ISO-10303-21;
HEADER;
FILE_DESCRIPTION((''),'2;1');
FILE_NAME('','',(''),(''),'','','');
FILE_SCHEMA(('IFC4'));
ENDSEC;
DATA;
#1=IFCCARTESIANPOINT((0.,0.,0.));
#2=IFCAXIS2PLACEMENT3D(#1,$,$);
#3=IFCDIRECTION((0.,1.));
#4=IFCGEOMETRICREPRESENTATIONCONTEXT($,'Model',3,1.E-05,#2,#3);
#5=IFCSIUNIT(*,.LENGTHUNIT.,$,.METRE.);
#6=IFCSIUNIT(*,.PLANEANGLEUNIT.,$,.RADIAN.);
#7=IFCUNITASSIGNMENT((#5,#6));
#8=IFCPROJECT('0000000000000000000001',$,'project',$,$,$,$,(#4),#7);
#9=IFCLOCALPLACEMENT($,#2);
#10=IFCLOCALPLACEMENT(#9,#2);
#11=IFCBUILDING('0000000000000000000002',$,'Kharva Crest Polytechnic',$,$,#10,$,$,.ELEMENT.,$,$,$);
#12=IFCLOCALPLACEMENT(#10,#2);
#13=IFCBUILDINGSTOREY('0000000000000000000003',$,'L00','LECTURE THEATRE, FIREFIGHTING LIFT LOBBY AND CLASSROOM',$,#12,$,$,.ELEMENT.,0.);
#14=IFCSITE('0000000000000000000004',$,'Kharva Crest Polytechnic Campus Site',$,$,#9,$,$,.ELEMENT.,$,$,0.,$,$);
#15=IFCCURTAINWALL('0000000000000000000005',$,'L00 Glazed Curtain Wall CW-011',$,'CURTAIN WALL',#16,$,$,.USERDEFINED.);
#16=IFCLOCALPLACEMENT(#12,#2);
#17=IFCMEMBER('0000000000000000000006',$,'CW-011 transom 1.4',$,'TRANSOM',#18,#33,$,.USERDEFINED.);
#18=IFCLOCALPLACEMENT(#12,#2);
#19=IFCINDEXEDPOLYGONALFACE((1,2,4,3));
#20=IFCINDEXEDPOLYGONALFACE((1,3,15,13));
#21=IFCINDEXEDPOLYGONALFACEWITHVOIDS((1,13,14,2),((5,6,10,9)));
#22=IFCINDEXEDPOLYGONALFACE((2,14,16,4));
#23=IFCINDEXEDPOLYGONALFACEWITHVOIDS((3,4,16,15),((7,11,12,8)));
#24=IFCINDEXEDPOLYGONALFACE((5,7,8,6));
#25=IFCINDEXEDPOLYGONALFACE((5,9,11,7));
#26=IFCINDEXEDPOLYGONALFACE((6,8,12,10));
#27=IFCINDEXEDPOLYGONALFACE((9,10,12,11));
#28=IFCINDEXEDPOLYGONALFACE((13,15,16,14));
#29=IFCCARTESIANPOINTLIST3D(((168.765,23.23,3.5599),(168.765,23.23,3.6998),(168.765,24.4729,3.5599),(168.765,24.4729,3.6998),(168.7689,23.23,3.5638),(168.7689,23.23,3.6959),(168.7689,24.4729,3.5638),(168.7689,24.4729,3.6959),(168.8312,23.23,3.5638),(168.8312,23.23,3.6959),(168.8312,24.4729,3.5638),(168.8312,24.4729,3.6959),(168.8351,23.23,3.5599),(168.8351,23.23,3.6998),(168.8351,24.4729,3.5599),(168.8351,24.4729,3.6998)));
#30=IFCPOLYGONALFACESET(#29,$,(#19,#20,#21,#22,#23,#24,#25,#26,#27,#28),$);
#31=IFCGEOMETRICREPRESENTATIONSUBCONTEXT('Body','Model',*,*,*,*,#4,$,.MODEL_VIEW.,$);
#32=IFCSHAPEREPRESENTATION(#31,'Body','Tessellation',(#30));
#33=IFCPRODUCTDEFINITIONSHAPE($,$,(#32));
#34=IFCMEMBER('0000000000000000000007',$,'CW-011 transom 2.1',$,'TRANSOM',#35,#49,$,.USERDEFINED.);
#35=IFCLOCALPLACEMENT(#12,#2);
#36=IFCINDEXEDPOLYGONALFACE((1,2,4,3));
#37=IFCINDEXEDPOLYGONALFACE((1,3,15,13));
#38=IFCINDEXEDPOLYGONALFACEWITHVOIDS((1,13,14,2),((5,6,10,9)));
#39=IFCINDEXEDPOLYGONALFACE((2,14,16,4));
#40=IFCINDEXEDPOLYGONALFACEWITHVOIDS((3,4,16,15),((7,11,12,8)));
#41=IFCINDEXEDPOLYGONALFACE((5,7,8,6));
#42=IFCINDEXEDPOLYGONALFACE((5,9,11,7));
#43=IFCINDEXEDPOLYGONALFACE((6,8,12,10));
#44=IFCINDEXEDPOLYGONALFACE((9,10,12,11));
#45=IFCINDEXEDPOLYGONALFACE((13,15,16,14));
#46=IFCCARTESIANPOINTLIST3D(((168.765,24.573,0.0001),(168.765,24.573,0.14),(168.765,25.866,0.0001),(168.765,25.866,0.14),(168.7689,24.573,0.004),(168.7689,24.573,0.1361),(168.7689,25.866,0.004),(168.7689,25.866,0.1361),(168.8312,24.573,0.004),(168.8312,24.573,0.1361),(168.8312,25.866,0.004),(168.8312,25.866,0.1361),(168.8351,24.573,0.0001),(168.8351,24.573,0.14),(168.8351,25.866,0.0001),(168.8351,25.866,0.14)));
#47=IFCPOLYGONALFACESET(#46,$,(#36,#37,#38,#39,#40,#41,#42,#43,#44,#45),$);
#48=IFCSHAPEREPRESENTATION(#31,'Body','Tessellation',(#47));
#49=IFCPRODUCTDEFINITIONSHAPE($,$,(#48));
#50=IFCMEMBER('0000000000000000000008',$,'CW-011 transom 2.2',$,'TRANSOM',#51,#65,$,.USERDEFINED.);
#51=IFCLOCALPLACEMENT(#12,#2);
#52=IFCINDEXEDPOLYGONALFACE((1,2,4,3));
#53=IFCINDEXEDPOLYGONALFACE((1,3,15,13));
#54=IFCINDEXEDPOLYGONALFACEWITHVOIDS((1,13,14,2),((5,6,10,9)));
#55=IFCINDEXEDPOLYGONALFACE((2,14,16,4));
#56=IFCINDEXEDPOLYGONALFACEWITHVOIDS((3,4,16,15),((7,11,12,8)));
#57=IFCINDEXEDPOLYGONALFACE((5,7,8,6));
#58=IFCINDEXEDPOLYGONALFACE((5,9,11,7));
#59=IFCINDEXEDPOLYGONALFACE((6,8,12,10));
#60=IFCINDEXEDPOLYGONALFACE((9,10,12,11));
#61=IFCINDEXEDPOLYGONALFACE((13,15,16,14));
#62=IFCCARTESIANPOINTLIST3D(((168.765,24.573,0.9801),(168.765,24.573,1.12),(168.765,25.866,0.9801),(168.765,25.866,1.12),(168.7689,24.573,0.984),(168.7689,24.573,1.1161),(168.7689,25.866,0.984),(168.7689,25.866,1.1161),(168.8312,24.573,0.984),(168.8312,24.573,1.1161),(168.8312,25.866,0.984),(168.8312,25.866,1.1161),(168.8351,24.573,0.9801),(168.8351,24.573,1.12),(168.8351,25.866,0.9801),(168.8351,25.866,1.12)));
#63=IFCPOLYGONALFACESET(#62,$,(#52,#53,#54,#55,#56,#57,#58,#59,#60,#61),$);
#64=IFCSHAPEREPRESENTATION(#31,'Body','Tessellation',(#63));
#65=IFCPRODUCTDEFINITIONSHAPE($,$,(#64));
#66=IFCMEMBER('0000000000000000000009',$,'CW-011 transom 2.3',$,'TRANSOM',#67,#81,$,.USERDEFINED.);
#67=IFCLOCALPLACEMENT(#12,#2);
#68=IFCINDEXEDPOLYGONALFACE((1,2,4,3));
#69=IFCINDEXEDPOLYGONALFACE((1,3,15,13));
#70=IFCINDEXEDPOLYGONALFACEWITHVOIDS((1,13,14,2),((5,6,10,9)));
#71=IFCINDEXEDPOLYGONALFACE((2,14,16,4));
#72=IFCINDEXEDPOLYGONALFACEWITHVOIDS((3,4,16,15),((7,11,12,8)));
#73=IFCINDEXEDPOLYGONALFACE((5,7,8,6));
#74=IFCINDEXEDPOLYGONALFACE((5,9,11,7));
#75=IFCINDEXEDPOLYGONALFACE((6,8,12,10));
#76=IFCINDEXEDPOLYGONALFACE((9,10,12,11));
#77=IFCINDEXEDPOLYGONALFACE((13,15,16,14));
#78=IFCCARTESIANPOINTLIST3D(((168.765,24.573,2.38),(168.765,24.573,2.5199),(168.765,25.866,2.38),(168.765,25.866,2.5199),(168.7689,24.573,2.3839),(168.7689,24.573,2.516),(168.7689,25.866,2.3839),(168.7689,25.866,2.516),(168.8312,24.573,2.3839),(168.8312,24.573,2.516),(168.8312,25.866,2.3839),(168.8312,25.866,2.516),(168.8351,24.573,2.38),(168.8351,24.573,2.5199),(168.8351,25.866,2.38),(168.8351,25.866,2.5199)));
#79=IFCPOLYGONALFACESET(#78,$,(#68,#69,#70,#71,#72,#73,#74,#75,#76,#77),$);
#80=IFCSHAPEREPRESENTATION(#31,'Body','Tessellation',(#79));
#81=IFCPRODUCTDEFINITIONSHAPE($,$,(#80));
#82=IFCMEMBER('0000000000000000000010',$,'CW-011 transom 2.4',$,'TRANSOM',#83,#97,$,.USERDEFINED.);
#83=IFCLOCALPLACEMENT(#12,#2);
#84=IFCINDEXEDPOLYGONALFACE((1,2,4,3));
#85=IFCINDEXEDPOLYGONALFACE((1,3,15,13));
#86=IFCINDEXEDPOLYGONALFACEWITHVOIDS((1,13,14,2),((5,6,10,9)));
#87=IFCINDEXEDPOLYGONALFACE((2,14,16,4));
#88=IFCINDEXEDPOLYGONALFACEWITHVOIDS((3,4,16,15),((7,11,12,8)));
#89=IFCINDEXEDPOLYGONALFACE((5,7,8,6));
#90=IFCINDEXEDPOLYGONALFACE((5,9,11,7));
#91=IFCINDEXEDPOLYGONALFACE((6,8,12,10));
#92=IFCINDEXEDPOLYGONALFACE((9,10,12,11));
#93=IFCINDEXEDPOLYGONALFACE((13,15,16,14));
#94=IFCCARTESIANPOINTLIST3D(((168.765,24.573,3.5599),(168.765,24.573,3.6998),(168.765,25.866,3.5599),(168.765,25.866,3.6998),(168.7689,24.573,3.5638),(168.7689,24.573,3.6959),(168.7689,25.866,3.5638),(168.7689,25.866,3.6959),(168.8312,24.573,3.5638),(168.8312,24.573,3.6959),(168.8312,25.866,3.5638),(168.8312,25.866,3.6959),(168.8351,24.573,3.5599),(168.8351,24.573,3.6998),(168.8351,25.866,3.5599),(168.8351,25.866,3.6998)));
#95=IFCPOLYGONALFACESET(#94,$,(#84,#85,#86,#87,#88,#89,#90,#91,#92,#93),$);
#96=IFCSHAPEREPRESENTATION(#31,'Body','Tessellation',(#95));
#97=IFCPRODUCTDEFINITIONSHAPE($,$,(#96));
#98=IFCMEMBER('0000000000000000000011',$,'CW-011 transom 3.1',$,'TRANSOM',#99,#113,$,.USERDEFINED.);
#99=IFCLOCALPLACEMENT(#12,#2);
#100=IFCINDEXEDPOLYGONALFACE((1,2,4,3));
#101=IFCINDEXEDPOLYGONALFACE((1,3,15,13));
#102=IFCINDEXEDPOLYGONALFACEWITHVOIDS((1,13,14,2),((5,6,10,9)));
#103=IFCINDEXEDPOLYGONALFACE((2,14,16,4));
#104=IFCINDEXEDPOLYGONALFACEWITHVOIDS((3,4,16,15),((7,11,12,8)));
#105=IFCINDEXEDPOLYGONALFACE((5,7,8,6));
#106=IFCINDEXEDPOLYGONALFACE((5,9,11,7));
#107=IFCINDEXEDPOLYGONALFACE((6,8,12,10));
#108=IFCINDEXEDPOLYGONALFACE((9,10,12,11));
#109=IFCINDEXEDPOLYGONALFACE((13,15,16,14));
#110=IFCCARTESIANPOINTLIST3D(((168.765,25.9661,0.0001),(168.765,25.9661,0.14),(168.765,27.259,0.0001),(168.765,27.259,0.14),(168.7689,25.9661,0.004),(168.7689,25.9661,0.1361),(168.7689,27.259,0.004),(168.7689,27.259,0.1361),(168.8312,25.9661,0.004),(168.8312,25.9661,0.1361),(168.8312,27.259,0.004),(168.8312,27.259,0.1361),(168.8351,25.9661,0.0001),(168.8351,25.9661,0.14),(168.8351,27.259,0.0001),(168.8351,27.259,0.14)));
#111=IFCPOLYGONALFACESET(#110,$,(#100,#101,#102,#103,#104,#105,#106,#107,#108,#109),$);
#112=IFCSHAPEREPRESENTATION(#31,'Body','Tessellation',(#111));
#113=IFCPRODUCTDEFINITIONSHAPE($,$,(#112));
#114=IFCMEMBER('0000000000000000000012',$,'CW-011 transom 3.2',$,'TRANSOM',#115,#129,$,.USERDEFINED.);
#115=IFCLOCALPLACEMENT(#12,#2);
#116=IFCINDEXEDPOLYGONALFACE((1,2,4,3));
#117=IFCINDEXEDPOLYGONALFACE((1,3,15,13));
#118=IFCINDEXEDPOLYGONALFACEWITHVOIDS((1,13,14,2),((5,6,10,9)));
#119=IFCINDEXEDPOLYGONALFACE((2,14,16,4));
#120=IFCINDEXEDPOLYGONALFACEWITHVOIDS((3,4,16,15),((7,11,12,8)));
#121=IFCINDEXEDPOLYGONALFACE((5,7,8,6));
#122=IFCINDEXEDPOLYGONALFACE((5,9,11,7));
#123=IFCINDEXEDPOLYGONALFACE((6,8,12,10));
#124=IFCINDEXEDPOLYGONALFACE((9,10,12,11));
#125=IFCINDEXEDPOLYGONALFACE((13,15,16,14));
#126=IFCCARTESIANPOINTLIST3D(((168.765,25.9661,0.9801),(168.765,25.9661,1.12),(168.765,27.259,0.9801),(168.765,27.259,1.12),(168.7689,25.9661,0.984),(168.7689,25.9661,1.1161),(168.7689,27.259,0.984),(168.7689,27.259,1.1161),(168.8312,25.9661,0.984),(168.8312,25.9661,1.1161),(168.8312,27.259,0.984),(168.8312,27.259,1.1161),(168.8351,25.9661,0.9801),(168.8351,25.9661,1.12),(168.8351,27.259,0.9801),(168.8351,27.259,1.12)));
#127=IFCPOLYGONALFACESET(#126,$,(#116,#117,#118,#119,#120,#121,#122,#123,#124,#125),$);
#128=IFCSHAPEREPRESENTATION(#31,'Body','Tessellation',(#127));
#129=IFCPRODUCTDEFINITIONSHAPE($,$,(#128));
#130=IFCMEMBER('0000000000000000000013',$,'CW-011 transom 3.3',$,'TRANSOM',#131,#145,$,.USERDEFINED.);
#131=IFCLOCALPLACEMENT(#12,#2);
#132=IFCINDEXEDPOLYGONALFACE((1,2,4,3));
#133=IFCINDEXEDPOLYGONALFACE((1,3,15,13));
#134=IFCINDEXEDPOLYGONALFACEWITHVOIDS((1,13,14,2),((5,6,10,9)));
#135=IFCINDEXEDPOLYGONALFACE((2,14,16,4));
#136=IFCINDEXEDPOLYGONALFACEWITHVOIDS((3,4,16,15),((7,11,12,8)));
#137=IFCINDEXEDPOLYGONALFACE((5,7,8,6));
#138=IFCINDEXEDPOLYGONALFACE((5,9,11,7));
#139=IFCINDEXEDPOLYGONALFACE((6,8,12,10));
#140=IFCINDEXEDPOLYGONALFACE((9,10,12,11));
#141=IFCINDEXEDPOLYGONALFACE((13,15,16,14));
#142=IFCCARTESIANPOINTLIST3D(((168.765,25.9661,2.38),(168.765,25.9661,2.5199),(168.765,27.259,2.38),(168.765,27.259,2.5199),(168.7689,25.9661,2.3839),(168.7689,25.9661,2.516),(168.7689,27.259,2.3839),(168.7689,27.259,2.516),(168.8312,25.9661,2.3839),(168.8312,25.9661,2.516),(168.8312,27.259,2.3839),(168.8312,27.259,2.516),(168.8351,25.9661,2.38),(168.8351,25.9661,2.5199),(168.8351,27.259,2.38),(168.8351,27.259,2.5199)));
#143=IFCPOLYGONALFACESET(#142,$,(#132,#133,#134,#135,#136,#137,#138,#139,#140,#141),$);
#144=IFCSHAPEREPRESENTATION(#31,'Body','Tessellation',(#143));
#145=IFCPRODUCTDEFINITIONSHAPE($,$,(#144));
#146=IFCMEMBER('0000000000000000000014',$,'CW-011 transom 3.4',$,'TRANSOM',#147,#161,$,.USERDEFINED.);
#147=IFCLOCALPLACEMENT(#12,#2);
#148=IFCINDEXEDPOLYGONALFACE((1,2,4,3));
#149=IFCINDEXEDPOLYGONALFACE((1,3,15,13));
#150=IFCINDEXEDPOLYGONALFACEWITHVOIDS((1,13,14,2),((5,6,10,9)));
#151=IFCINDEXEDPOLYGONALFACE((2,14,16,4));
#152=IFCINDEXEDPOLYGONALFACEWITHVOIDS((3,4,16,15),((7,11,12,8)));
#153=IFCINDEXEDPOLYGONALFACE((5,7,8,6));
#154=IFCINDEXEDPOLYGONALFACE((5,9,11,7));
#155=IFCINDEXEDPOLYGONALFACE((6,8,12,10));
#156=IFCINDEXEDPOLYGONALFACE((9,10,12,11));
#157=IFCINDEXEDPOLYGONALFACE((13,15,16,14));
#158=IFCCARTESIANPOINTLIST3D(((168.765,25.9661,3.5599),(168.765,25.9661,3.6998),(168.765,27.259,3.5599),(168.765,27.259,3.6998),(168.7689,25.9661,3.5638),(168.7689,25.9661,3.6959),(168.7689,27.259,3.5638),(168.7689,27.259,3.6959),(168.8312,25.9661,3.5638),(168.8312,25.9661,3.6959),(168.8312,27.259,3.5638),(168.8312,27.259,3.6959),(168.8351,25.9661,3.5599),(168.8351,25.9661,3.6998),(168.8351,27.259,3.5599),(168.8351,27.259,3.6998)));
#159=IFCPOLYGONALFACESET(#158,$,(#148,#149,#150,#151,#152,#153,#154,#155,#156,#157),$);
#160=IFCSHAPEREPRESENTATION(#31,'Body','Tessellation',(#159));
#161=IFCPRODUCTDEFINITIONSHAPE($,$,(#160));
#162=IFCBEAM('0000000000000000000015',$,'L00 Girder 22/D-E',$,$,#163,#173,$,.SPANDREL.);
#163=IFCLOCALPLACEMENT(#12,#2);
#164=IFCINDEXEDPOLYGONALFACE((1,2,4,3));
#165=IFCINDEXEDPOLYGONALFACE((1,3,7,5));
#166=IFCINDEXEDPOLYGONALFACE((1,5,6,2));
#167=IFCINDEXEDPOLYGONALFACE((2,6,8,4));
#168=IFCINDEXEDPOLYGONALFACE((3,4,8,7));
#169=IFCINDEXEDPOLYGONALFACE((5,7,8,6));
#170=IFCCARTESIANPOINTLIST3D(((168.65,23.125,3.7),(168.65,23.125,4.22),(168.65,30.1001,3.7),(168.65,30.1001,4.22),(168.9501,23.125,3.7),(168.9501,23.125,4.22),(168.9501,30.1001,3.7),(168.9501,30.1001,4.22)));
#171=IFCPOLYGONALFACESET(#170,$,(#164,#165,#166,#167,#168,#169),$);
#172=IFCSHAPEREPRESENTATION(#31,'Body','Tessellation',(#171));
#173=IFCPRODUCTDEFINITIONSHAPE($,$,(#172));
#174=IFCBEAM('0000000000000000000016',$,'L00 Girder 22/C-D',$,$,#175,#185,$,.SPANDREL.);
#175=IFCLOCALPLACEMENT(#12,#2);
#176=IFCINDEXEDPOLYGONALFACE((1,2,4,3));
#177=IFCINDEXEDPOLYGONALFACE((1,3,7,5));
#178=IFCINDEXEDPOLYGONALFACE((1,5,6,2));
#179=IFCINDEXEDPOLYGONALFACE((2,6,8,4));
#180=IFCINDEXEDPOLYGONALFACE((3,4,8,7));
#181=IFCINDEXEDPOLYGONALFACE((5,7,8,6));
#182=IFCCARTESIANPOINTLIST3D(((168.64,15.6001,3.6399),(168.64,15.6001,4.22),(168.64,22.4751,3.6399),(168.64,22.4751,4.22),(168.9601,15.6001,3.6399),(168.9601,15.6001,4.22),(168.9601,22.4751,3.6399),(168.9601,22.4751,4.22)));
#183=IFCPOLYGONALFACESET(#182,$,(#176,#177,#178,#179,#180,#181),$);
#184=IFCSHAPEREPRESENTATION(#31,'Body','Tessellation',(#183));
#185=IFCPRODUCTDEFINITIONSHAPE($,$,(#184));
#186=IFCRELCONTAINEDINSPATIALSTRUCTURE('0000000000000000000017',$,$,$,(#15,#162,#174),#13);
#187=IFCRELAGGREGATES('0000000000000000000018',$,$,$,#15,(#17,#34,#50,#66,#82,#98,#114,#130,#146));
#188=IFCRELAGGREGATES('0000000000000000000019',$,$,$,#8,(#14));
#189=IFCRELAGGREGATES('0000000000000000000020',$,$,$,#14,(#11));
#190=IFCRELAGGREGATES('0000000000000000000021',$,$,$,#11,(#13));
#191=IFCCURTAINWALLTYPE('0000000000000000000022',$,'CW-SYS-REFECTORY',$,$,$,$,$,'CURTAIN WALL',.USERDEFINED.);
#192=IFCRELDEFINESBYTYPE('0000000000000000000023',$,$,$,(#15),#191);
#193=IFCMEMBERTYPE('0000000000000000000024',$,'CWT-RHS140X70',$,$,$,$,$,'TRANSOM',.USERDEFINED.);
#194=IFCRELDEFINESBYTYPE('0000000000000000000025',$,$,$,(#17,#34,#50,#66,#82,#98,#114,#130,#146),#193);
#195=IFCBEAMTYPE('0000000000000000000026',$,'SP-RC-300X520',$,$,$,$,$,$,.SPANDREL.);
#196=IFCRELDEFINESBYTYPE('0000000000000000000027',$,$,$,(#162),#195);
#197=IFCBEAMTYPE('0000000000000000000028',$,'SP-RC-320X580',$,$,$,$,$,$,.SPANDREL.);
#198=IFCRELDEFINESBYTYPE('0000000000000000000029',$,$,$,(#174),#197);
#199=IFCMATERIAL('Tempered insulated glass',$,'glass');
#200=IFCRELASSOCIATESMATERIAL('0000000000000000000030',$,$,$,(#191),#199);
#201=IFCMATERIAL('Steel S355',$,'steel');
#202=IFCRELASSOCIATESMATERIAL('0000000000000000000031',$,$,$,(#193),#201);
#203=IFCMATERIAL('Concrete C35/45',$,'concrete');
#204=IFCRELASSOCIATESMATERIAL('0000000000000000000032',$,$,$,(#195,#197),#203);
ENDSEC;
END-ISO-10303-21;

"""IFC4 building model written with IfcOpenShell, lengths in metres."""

from ifc_helpers import new_model, si_unit, direction, frame, origin, origin_2d, place, context, subcontext, project, spatial, rectangle, hollow_rectangle, extrude, material, material_profile, profile_set, type_object, element, aggregate, save


model = new_model("IFC4")

# Units and contexts
model_context = context("Model", 3, precision=1e-05, world=origin(), true_north=direction((0.0, 1.0)))
body_context = subcontext(model_context, "Body", "Model", "MODEL_VIEW")
ifc_project = project(units=[si_unit("LENGTHUNIT", "METRE"), si_unit("PLANEANGLEUNIT", "RADIAN")], contexts=[model_context])

# Site, building, storey
site_placement = place(None, origin())
site = spatial("IfcSite", under=ifc_project, at=site_placement, Name="Kharva Crest Polytechnic Campus Site", CompositionType="ELEMENT", RefElevation=0.0)
building_placement = place(site_placement, origin())
building = spatial("IfcBuilding", under=site, at=building_placement, Name="Kharva Crest Polytechnic", CompositionType="ELEMENT")
storey_placement = place(building_placement, origin())
storey = spatial("IfcBuildingStorey", under=building, at=storey_placement, Name="L00", Description="LECTURE THEATRE, FIREFIGHTING LIFT LOBBY AND CLASSROOM", CompositionType="ELEMENT", Elevation=0.0)

# Shared definitions
ifc_material_1 = material(Name="Concrete C35/45", Category="concrete")

# Curtain wall, members
ifc_material_2 = material(Name="Tempered insulated glass", Category="glass")
curtain_wall_type = type_object("IfcCurtainWallType", Name="CW-SYS-REFECTORY", ElementType="CURTAIN WALL", PredefinedType="USERDEFINED", material=ifc_material_2)
curtain_wall_placement = place(storey_placement, origin())
curtain_wall = element("IfcCurtainWall", 1, at=curtain_wall_placement, inside=storey, type_object=curtain_wall_type, Name="L00 Glazed Curtain Wall CW-011", ObjectType="CURTAIN WALL", PredefinedType="USERDEFINED")
ifc_material_3 = material(Name="Steel S355", Category="steel")
ifc_material_profile_1 = material_profile(ifc_material_3, hollow_rectangle(XDim=0.0701, YDim=0.1399, WallThickness=0.0039, at=origin_2d()), Name="RHS 140X70X4.0")
ifc_profile_set_1 = profile_set([ifc_material_profile_1], Name="Steel S355")
member_type_1 = type_object("IfcMemberType", Name="CWT-RHS140X70", ElementType="TRANSOM", PredefinedType="USERDEFINED", material=ifc_profile_set_1)
member_1_placement = place(storey_placement, frame((168.8, 23.23, 3.6299), z_axis=(0.0, 1.0, 0.0), x_axis=(-1.0, 0.0, 0.0)))
member_1 = element("IfcMember", 2, at=member_1_placement, type_object=member_type_1, Name="CW-011 transom 1.4", ObjectType="TRANSOM", PredefinedType="USERDEFINED", context=body_context, shape_type="SweptSolid", body=[
    extrude(hollow_rectangle(XDim=0.0701, YDim=0.1399, WallThickness=0.0039, at=origin_2d()), origin(), (0.0, 0.0, 1.0), 1.2429),
])
member_2_placement = place(storey_placement, frame((168.8, 24.573, 0.0701), z_axis=(0.0, 1.0, 0.0), x_axis=(-1.0, 0.0, 0.0)))
member_2 = element("IfcMember", 3, at=member_2_placement, type_object=member_type_1, Name="CW-011 transom 2.1", ObjectType="TRANSOM", PredefinedType="USERDEFINED", context=body_context, shape_type="SweptSolid", body=[
    extrude(hollow_rectangle(XDim=0.0701, YDim=0.1399, WallThickness=0.0039, at=origin_2d()), origin(), (0.0, 0.0, 1.0), 1.293),
])
member_3_placement = place(storey_placement, frame((168.8, 24.573, 1.05), z_axis=(0.0, 1.0, 0.0), x_axis=(-1.0, 0.0, 0.0)))
member_3 = element("IfcMember", 4, at=member_3_placement, type_object=member_type_1, Name="CW-011 transom 2.2", ObjectType="TRANSOM", PredefinedType="USERDEFINED", context=body_context, shape_type="SweptSolid", body=[
    extrude(hollow_rectangle(XDim=0.0701, YDim=0.1399, WallThickness=0.0039, at=origin_2d()), origin(), (0.0, 0.0, 1.0), 1.293),
])
member_4_placement = place(storey_placement, frame((168.8, 24.573, 2.45), z_axis=(0.0, 1.0, 0.0), x_axis=(-1.0, 0.0, 0.0)))
member_4 = element("IfcMember", 5, at=member_4_placement, type_object=member_type_1, Name="CW-011 transom 2.3", ObjectType="TRANSOM", PredefinedType="USERDEFINED", context=body_context, shape_type="SweptSolid", body=[
    extrude(hollow_rectangle(XDim=0.0701, YDim=0.1399, WallThickness=0.0039, at=origin_2d()), origin(), (0.0, 0.0, 1.0), 1.293),
])
member_5_placement = place(storey_placement, frame((168.8, 24.573, 3.6299), z_axis=(0.0, 1.0, 0.0), x_axis=(-1.0, 0.0, 0.0)))
member_5 = element("IfcMember", 6, at=member_5_placement, type_object=member_type_1, Name="CW-011 transom 2.4", ObjectType="TRANSOM", PredefinedType="USERDEFINED", context=body_context, shape_type="SweptSolid", body=[
    extrude(hollow_rectangle(XDim=0.0701, YDim=0.1399, WallThickness=0.0039, at=origin_2d()), origin(), (0.0, 0.0, 1.0), 1.293),
])
member_6_placement = place(storey_placement, frame((168.8, 25.9661, 0.0701), z_axis=(0.0, 1.0, 0.0), x_axis=(-1.0, 0.0, 0.0)))
member_6 = element("IfcMember", 7, at=member_6_placement, type_object=member_type_1, Name="CW-011 transom 3.1", ObjectType="TRANSOM", PredefinedType="USERDEFINED", context=body_context, shape_type="SweptSolid", body=[
    extrude(hollow_rectangle(XDim=0.0701, YDim=0.1399, WallThickness=0.0039, at=origin_2d()), origin(), (0.0, 0.0, 1.0), 1.293),
])
member_7_placement = place(storey_placement, frame((168.8, 25.9661, 1.05), z_axis=(0.0, 1.0, 0.0), x_axis=(-1.0, 0.0, 0.0)))
member_7 = element("IfcMember", 8, at=member_7_placement, type_object=member_type_1, Name="CW-011 transom 3.2", ObjectType="TRANSOM", PredefinedType="USERDEFINED", context=body_context, shape_type="SweptSolid", body=[
    extrude(hollow_rectangle(XDim=0.0701, YDim=0.1399, WallThickness=0.0039, at=origin_2d()), origin(), (0.0, 0.0, 1.0), 1.293),
])
member_8_placement = place(storey_placement, frame((168.8, 25.9661, 2.45), z_axis=(0.0, 1.0, 0.0), x_axis=(-1.0, 0.0, 0.0)))
member_8 = element("IfcMember", 9, at=member_8_placement, type_object=member_type_1, Name="CW-011 transom 3.3", ObjectType="TRANSOM", PredefinedType="USERDEFINED", context=body_context, shape_type="SweptSolid", body=[
    extrude(hollow_rectangle(XDim=0.0701, YDim=0.1399, WallThickness=0.0039, at=origin_2d()), origin(), (0.0, 0.0, 1.0), 1.293),
])
member_9_placement = place(storey_placement, frame((168.8, 25.9661, 3.6299), z_axis=(0.0, 1.0, 0.0), x_axis=(-1.0, 0.0, 0.0)))
member_9 = element("IfcMember", 10, at=member_9_placement, type_object=member_type_1, Name="CW-011 transom 3.4", ObjectType="TRANSOM", PredefinedType="USERDEFINED", context=body_context, shape_type="SweptSolid", body=[
    extrude(hollow_rectangle(XDim=0.0701, YDim=0.1399, WallThickness=0.0039, at=origin_2d()), origin(), (0.0, 0.0, 1.0), 1.293),
])

# Beams
ifc_material_profile_2 = material_profile(ifc_material_1, rectangle(XDim=0.3, YDim=0.52, at=origin_2d()), Name="RECT 300 X 520")
ifc_profile_set_2 = profile_set([ifc_material_profile_2], Name="Concrete C35/45")
beam_type_1 = type_object("IfcBeamType", Name="SP-RC-300X520", PredefinedType="SPANDREL", material=ifc_profile_set_2)
beam_1_placement = place(storey_placement, frame((168.8, 23.125, 3.96), z_axis=(0.0, 1.0, 0.0), x_axis=(-1.0, 0.0, 0.0)))
element("IfcBeam", 11, at=beam_1_placement, inside=storey, type_object=beam_type_1, Name="L00 Girder 22/D-E", PredefinedType="SPANDREL", context=body_context, shape_type="SweptSolid", body=[
    extrude(rectangle(XDim=0.3, YDim=0.52, at=origin_2d()), origin(), (0.0, 0.0, 1.0), 6.9751),
])
ifc_material_profile_3 = material_profile(ifc_material_1, rectangle(XDim=0.3201, YDim=0.5801, at=origin_2d()), Name="RECT 320 X 580")
ifc_profile_set_3 = profile_set([ifc_material_profile_3], Name="Concrete C35/45")
beam_type_2 = type_object("IfcBeamType", Name="SP-RC-320X580", PredefinedType="SPANDREL", material=ifc_profile_set_3)
beam_2_placement = place(storey_placement, frame((168.8, 15.6001, 3.9299), z_axis=(0.0, 1.0, 0.0), x_axis=(-1.0, 0.0, 0.0)))
element("IfcBeam", 12, at=beam_2_placement, inside=storey, type_object=beam_type_2, Name="L00 Girder 22/C-D", PredefinedType="SPANDREL", context=body_context, shape_type="SweptSolid", body=[
    extrude(rectangle(XDim=0.3201, YDim=0.5801, at=origin_2d()), origin(), (0.0, 0.0, 1.0), 6.875),
])

aggregate(curtain_wall, [member_1, member_2, member_3, member_4, member_5, member_6, member_7, member_8, member_9])

save(model, "model.ifc")
